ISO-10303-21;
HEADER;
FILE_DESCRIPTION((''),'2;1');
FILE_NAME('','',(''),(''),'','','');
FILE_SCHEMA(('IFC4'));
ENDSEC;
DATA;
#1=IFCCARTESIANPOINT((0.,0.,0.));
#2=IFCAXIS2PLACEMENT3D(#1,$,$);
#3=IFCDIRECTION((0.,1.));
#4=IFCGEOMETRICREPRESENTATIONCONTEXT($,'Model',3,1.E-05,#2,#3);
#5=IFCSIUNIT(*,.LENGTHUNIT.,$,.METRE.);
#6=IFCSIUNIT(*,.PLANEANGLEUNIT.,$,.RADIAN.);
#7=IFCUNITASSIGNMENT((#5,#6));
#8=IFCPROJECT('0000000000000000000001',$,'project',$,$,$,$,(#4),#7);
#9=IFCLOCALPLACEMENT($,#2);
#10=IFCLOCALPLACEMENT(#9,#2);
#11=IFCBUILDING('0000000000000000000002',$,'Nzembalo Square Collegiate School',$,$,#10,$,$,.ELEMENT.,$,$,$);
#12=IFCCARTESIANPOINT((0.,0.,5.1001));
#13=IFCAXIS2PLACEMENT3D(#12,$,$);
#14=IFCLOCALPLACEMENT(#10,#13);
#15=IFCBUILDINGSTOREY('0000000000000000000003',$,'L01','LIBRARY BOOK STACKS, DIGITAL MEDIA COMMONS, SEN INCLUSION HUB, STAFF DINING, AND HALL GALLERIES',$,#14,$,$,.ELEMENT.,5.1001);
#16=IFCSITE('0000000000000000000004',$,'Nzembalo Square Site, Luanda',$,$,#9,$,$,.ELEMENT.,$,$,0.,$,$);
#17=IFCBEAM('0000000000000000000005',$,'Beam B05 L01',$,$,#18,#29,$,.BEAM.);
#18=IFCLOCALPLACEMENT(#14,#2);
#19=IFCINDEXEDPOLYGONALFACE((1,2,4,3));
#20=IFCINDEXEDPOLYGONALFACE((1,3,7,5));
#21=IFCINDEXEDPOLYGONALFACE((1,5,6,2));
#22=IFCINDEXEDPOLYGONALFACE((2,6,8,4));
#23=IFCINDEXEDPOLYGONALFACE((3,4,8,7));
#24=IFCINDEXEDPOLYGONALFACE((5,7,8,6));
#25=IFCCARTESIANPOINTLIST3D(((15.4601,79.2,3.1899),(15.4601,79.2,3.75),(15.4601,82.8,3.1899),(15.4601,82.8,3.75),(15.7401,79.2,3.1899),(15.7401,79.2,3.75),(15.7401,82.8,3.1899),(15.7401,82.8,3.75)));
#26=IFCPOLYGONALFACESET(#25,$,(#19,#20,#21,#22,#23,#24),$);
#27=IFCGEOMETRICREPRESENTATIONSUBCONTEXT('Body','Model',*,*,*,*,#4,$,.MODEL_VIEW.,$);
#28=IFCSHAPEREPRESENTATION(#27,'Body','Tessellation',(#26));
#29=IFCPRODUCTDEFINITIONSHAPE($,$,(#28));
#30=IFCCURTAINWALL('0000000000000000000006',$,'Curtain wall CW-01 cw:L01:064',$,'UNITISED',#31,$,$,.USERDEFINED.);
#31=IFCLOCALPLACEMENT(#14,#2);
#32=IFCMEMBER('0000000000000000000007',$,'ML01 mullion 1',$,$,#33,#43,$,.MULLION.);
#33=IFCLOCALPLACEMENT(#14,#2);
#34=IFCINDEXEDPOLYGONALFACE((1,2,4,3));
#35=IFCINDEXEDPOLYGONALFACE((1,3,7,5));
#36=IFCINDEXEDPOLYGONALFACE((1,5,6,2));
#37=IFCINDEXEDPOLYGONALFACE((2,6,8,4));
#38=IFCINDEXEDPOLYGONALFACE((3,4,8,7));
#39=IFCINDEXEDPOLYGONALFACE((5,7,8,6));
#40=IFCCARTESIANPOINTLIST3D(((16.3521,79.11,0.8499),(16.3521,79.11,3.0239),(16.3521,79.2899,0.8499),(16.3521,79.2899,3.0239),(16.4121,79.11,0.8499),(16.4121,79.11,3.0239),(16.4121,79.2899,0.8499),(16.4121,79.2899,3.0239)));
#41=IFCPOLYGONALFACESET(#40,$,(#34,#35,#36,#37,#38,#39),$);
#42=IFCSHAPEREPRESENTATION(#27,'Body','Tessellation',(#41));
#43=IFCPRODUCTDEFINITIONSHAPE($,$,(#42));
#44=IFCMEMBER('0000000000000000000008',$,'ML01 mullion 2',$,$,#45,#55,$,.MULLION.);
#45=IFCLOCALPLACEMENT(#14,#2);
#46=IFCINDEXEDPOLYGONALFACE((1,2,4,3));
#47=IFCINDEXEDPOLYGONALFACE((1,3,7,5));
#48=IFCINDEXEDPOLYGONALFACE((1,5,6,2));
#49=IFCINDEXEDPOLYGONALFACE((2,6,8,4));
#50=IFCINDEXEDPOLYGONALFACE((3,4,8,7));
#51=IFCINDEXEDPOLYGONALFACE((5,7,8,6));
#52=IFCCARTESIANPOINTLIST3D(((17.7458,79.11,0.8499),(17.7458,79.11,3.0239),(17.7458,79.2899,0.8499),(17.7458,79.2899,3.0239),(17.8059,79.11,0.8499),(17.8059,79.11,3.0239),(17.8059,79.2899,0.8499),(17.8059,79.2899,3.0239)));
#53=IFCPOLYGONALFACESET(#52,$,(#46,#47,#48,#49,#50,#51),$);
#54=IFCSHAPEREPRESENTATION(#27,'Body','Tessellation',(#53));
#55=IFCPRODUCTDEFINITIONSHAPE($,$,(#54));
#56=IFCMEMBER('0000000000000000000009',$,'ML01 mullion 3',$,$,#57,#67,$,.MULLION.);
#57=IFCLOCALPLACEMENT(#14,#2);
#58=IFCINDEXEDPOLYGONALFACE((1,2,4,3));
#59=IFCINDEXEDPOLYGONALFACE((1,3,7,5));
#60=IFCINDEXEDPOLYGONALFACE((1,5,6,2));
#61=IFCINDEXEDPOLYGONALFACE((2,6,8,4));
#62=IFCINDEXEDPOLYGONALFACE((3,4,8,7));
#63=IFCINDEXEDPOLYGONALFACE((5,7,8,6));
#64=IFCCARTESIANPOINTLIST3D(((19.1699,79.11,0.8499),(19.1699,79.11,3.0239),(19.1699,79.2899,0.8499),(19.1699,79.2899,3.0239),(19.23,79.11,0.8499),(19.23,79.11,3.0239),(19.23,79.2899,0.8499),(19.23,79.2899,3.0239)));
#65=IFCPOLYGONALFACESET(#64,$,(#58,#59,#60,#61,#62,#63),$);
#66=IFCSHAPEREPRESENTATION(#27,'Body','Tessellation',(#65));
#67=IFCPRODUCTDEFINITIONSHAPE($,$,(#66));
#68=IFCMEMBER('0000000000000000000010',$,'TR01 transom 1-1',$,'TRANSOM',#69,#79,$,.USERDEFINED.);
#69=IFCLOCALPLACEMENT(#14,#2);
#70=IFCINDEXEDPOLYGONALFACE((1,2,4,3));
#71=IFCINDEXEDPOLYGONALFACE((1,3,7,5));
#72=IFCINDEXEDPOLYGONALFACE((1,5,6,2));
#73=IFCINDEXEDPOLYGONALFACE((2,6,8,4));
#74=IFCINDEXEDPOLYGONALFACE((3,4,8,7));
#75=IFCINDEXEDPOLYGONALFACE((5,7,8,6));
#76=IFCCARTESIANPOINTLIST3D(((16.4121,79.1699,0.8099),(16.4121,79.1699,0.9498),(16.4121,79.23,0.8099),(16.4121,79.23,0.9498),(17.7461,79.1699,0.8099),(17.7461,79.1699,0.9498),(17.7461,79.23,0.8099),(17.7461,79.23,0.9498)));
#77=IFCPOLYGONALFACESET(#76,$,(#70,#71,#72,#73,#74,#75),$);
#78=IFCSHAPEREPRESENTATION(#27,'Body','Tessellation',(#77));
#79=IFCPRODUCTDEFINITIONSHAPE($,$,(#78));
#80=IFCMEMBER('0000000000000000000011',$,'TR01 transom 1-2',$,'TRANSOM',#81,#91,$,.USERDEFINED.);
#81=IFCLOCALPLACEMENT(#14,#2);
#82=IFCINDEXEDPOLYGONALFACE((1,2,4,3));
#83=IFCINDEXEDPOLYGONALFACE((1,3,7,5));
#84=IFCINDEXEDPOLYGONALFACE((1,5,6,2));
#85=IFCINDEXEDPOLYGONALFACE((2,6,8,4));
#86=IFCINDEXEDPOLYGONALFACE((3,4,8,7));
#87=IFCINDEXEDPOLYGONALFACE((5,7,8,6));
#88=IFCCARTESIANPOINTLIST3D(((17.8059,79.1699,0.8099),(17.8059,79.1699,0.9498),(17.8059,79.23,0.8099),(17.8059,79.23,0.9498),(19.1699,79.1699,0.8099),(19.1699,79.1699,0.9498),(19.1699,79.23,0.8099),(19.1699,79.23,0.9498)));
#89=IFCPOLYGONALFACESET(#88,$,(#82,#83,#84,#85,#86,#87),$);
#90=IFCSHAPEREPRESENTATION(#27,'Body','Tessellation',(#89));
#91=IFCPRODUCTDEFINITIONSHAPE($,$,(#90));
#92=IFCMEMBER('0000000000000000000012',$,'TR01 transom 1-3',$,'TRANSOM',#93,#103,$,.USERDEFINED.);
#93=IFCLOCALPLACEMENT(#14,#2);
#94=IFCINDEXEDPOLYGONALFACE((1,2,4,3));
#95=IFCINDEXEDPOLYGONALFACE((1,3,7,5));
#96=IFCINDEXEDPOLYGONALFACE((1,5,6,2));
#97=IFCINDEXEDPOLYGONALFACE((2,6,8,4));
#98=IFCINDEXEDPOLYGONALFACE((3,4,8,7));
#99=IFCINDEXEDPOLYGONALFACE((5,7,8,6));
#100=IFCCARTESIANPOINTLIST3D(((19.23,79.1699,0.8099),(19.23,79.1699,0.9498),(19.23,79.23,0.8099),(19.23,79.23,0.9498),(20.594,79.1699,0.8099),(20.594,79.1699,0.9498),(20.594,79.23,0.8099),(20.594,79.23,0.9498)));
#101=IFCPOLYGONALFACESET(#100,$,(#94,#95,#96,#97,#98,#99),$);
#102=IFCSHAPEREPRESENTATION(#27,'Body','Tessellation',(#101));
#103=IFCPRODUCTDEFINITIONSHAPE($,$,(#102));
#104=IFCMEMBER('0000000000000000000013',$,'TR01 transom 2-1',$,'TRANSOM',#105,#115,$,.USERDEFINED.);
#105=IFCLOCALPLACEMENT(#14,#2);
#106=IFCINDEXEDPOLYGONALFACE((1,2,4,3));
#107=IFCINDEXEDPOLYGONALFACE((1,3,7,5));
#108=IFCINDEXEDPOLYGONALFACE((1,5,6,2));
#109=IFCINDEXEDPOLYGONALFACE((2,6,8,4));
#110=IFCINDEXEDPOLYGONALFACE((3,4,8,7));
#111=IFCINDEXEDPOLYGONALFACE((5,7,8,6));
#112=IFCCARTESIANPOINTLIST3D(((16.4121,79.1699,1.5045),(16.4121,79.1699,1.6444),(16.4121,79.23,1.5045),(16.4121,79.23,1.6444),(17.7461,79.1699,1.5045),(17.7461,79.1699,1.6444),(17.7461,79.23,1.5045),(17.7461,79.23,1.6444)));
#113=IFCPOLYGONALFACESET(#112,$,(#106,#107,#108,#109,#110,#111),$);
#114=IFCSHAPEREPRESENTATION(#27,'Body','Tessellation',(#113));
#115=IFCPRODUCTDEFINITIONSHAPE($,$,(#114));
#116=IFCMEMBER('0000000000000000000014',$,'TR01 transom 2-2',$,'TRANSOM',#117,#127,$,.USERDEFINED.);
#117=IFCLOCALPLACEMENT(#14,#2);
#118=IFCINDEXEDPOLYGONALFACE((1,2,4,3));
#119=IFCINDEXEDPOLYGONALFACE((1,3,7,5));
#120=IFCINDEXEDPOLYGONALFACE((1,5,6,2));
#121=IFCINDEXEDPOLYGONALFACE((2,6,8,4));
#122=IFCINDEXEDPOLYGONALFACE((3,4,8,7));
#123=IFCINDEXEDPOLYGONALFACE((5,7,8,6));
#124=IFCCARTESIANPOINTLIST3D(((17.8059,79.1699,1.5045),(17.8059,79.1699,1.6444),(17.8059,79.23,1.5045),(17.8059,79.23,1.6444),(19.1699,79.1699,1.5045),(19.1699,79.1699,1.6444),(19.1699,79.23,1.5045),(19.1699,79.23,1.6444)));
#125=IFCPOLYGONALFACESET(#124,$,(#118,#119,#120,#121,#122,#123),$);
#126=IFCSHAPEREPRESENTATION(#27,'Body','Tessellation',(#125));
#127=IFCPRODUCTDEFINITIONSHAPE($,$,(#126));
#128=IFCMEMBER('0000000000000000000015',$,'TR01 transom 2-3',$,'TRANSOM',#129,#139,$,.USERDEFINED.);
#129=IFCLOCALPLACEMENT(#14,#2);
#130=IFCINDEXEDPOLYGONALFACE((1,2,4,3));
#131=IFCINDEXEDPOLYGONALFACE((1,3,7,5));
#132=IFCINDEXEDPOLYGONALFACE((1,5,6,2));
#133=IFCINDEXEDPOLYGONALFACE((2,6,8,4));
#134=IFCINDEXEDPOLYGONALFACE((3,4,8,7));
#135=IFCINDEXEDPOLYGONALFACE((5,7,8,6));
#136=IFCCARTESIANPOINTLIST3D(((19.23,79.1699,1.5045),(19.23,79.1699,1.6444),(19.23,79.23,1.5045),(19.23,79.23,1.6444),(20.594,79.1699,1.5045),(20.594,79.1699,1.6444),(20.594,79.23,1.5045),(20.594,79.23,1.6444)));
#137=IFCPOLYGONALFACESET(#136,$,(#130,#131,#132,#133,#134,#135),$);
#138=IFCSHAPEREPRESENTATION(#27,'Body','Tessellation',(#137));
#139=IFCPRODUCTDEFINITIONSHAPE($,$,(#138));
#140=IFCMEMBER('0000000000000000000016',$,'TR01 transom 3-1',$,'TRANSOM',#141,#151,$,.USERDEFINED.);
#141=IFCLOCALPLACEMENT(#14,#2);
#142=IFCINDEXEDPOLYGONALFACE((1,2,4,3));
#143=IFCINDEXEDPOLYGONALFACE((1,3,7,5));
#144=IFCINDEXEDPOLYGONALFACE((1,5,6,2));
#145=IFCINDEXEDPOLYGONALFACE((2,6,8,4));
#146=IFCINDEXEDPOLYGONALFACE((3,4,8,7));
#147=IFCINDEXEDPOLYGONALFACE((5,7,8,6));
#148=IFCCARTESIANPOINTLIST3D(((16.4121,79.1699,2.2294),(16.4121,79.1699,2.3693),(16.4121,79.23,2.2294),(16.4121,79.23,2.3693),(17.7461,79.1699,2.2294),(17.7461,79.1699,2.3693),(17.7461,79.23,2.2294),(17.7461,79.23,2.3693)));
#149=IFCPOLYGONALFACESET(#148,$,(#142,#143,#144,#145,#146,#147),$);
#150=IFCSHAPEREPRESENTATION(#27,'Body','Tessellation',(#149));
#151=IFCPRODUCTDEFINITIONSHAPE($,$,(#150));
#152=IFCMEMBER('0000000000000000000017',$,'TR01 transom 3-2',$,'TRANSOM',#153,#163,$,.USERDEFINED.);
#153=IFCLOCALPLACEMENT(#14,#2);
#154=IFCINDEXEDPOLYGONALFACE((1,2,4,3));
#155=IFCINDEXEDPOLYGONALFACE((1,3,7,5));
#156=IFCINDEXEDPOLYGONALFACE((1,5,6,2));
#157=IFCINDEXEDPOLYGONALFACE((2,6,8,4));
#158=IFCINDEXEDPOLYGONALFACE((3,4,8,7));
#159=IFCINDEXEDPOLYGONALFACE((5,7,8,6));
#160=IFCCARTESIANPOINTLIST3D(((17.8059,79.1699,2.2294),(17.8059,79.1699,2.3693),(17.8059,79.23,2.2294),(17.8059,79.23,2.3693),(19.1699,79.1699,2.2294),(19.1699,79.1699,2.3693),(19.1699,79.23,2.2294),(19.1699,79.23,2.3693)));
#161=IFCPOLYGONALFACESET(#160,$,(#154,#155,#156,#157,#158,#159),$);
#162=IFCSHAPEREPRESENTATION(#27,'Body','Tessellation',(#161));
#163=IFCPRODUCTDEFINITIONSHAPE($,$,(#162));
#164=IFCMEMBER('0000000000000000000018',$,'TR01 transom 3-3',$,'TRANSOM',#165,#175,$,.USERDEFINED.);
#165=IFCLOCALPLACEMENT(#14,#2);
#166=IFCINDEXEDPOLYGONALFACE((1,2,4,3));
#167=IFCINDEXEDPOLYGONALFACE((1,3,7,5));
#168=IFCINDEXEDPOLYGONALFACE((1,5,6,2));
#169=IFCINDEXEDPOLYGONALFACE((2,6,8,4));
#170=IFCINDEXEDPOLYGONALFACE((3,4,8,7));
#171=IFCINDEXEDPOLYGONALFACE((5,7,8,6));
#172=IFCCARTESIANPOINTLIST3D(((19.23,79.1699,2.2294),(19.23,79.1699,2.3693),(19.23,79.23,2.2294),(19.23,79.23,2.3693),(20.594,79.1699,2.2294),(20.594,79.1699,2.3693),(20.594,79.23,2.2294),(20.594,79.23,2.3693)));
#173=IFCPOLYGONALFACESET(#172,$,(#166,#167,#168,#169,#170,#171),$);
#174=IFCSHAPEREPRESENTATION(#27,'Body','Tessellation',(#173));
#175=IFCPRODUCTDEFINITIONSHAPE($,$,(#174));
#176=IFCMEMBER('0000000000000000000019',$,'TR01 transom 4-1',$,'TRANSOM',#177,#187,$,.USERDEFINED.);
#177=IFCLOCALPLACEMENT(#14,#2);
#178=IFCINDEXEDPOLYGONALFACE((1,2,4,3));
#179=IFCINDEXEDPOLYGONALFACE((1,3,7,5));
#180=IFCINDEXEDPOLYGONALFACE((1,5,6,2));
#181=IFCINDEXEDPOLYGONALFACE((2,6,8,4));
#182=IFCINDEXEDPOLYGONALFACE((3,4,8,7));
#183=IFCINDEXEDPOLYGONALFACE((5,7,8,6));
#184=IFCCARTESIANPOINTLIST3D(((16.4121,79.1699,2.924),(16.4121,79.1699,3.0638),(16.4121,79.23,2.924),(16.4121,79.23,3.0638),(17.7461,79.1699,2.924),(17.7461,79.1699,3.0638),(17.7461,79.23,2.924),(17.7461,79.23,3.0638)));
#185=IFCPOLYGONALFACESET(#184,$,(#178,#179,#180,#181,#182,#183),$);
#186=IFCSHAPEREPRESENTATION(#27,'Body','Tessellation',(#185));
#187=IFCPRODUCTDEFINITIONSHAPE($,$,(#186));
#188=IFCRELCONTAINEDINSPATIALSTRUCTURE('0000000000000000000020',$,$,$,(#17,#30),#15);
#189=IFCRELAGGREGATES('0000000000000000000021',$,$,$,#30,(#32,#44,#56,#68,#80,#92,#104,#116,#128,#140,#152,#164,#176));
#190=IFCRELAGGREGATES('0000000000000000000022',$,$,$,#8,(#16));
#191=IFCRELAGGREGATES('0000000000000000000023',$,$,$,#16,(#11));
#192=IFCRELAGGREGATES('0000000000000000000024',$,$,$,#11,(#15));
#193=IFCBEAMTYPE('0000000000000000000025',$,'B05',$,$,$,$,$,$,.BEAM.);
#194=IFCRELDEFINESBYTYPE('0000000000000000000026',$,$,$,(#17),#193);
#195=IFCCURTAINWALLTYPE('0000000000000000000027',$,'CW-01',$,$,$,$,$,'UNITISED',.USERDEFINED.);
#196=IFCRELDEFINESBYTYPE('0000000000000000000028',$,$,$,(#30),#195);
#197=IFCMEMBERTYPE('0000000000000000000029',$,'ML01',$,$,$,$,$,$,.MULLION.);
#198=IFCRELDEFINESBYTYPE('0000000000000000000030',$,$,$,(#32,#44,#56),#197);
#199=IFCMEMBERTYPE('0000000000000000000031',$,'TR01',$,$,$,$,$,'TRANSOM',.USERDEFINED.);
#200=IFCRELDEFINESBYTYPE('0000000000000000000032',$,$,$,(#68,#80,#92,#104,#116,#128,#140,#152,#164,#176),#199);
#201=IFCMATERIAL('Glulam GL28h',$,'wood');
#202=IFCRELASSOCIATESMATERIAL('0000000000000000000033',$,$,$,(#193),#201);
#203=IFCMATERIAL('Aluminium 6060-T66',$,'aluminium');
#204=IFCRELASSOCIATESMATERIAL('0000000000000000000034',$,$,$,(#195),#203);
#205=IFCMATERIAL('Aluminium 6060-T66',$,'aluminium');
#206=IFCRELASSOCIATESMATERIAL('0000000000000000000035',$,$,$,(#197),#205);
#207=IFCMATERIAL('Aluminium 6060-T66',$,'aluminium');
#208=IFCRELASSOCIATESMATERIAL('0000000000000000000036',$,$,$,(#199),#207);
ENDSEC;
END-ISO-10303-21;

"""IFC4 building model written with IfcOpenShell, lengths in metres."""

from ifc_helpers import new_model, si_unit, direction, frame, origin, origin_2d, place, context, subcontext, project, spatial, rectangle, extrude, material, material_profile, profile_set, type_object, element, aggregate, save


model = new_model("IFC4")

# Units and contexts
model_context = context("Model", 3, precision=1e-05, world=origin(), true_north=direction((0.0, 1.0)))
body_context = subcontext(model_context, "Body", "Model", "MODEL_VIEW")
ifc_project = project(units=[si_unit("LENGTHUNIT", "METRE"), si_unit("PLANEANGLEUNIT", "RADIAN")], contexts=[model_context])

# Site, building, storey
site_placement = place(None, origin())
site = spatial("IfcSite", under=ifc_project, at=site_placement, Name="Nzembalo Square Site, Luanda", CompositionType="ELEMENT", RefElevation=0.0)
building_placement = place(site_placement, origin())
building = spatial("IfcBuilding", under=site, at=building_placement, Name="Nzembalo Square Collegiate School", CompositionType="ELEMENT")
storey_placement = place(building_placement, frame((0.0, 0.0, 5.1001)))
storey = spatial("IfcBuildingStorey", under=building, at=storey_placement, Name="L01", Description="LIBRARY BOOK STACKS, DIGITAL MEDIA COMMONS, SEN INCLUSION HUB, STAFF DINING, AND HALL GALLERIES", CompositionType="ELEMENT", Elevation=5.1001)

# Beam
ifc_material_1 = material(Name="Glulam GL28h", Category="wood")
ifc_material_profile_1 = material_profile(ifc_material_1, rectangle(XDim=0.28, YDim=0.5601, at=origin_2d()), Name="GL28h 280x560")
ifc_profile_set_1 = profile_set([ifc_material_profile_1], Name="Glulam GL28h")
beam_type = type_object("IfcBeamType", Name="B05", PredefinedType="BEAM", material=ifc_profile_set_1)
beam_placement = place(storey_placement, frame((15.6001, 79.2, 3.47), z_axis=(0.0, 1.0, 0.0), x_axis=(-1.0, 0.0, 0.0)))
element("IfcBeam", 1, at=beam_placement, inside=storey, type_object=beam_type, Name="Beam B05 L01", PredefinedType="BEAM", context=body_context, shape_type="SweptSolid", body=[
    extrude(rectangle(XDim=0.28, YDim=0.5601, at=origin_2d()), origin(), (0.0, 0.0, 1.0), 3.6001),
])

# Curtain wall, members
ifc_material_2 = material(Name="Aluminium 6060-T66", Category="aluminium")
curtain_wall_type = type_object("IfcCurtainWallType", Name="CW-01", ElementType="UNITISED", PredefinedType="USERDEFINED", material=ifc_material_2)
curtain_wall_placement = place(storey_placement, origin())
curtain_wall = element("IfcCurtainWall", 2, at=curtain_wall_placement, inside=storey, type_object=curtain_wall_type, Name="Curtain wall CW-01 cw:L01:064", ObjectType="UNITISED", PredefinedType="USERDEFINED")
ifc_material_3 = material(Name="Aluminium 6060-T66", Category="aluminium")
ifc_material_profile_2 = material_profile(ifc_material_3, rectangle(XDim=0.0601, YDim=0.1799, at=origin_2d()), Name="ALU M60x180")
ifc_profile_set_2 = profile_set([ifc_material_profile_2], Name="Aluminium 6060-T66")
member_type_1 = type_object("IfcMemberType", Name="ML01", PredefinedType="MULLION", material=ifc_profile_set_2)
member_1_placement = place(storey_placement, frame((16.3821, 79.2, 0.8499), z_axis=(0.0, 0.0, 1.0), x_axis=(1.0, 0.0, 0.0)))
member_1 = element("IfcMember", 3, at=member_1_placement, type_object=member_type_1, Name="ML01 mullion 1", PredefinedType="MULLION", context=body_context, shape_type="SweptSolid", body=[
    extrude(rectangle(XDim=0.0601, YDim=0.1799, at=origin_2d()), origin(), (0.0, 0.0, 1.0), 2.1741),
])
member_2_placement = place(storey_placement, frame((17.7759, 79.2, 0.8499), z_axis=(0.0, 0.0, 1.0), x_axis=(1.0, 0.0, 0.0)))
member_2 = element("IfcMember", 4, at=member_2_placement, type_object=member_type_1, Name="ML01 mullion 2", PredefinedType="MULLION", context=body_context, shape_type="SweptSolid", body=[
    extrude(rectangle(XDim=0.0601, YDim=0.1799, at=origin_2d()), origin(), (0.0, 0.0, 1.0), 2.1741),
])
member_3_placement = place(storey_placement, frame((19.2, 79.2, 0.8499), z_axis=(0.0, 0.0, 1.0), x_axis=(1.0, 0.0, 0.0)))
member_3 = element("IfcMember", 5, at=member_3_placement, type_object=member_type_1, Name="ML01 mullion 3", PredefinedType="MULLION", context=body_context, shape_type="SweptSolid", body=[
    extrude(rectangle(XDim=0.0601, YDim=0.1799, at=origin_2d()), origin(), (0.0, 0.0, 1.0), 2.1741),
])
ifc_material_4 = material(Name="Aluminium 6060-T66", Category="aluminium")
ifc_material_profile_3 = material_profile(ifc_material_4, rectangle(XDim=0.0601, YDim=0.1399, at=origin_2d()), Name="ALU T60x140")
ifc_profile_set_3 = profile_set([ifc_material_profile_3], Name="Aluminium 6060-T66")
member_type_2 = type_object("IfcMemberType", Name="TR01", ElementType="TRANSOM", PredefinedType="USERDEFINED", material=ifc_profile_set_3)
member_4_placement = place(storey_placement, frame((16.4121, 79.2, 0.8799), z_axis=(1.0, 0.0, 0.0), x_axis=(0.0, 1.0, 0.0)))
member_4 = element("IfcMember", 6, at=member_4_placement, type_object=member_type_2, Name="TR01 transom 1-1", ObjectType="TRANSOM", PredefinedType="USERDEFINED", context=body_context, shape_type="SweptSolid", body=[
    extrude(rectangle(XDim=0.0601, YDim=0.1399, at=origin_2d()), origin(), (0.0, 0.0, 1.0), 1.334),
])
member_5_placement = place(storey_placement, frame((17.8059, 79.2, 0.8799), z_axis=(1.0, 0.0, 0.0), x_axis=(0.0, 1.0, 0.0)))
member_5 = element("IfcMember", 7, at=member_5_placement, type_object=member_type_2, Name="TR01 transom 1-2", ObjectType="TRANSOM", PredefinedType="USERDEFINED", context=body_context, shape_type="SweptSolid", body=[
    extrude(rectangle(XDim=0.0601, YDim=0.1399, at=origin_2d()), origin(), (0.0, 0.0, 1.0), 1.364),
])
member_6_placement = place(storey_placement, frame((19.23, 79.2, 0.8799), z_axis=(1.0, 0.0, 0.0), x_axis=(0.0, 1.0, 0.0)))
member_6 = element("IfcMember", 8, at=member_6_placement, type_object=member_type_2, Name="TR01 transom 1-3", ObjectType="TRANSOM", PredefinedType="USERDEFINED", context=body_context, shape_type="SweptSolid", body=[
    extrude(rectangle(XDim=0.0601, YDim=0.1399, at=origin_2d()), origin(), (0.0, 0.0, 1.0), 1.364),
])
member_7_placement = place(storey_placement, frame((16.4121, 79.2, 1.5745), z_axis=(1.0, 0.0, 0.0), x_axis=(0.0, 1.0, 0.0)))
member_7 = element("IfcMember", 9, at=member_7_placement, type_object=member_type_2, Name="TR01 transom 2-1", ObjectType="TRANSOM", PredefinedType="USERDEFINED", context=body_context, shape_type="SweptSolid", body=[
    extrude(rectangle(XDim=0.0601, YDim=0.1399, at=origin_2d()), origin(), (0.0, 0.0, 1.0), 1.334),
])
member_8_placement = place(storey_placement, frame((17.8059, 79.2, 1.5745), z_axis=(1.0, 0.0, 0.0), x_axis=(0.0, 1.0, 0.0)))
member_8 = element("IfcMember", 10, at=member_8_placement, type_object=member_type_2, Name="TR01 transom 2-2", ObjectType="TRANSOM", PredefinedType="USERDEFINED", context=body_context, shape_type="SweptSolid", body=[
    extrude(rectangle(XDim=0.0601, YDim=0.1399, at=origin_2d()), origin(), (0.0, 0.0, 1.0), 1.364),
])
member_9_placement = place(storey_placement, frame((19.23, 79.2, 1.5745), z_axis=(1.0, 0.0, 0.0), x_axis=(0.0, 1.0, 0.0)))
member_9 = element("IfcMember", 11, at=member_9_placement, type_object=member_type_2, Name="TR01 transom 2-3", ObjectType="TRANSOM", PredefinedType="USERDEFINED", context=body_context, shape_type="SweptSolid", body=[
    extrude(rectangle(XDim=0.0601, YDim=0.1399, at=origin_2d()), origin(), (0.0, 0.0, 1.0), 1.364),
])
member_10_placement = place(storey_placement, frame((16.4121, 79.2, 2.2993), z_axis=(1.0, 0.0, 0.0), x_axis=(0.0, 1.0, 0.0)))
member_10 = element("IfcMember", 12, at=member_10_placement, type_object=member_type_2, Name="TR01 transom 3-1", ObjectType="TRANSOM", PredefinedType="USERDEFINED", context=body_context, shape_type="SweptSolid", body=[
    extrude(rectangle(XDim=0.0601, YDim=0.1399, at=origin_2d()), origin(), (0.0, 0.0, 1.0), 1.334),
])
member_11_placement = place(storey_placement, frame((17.8059, 79.2, 2.2993), z_axis=(1.0, 0.0, 0.0), x_axis=(0.0, 1.0, 0.0)))
member_11 = element("IfcMember", 13, at=member_11_placement, type_object=member_type_2, Name="TR01 transom 3-2", ObjectType="TRANSOM", PredefinedType="USERDEFINED", context=body_context, shape_type="SweptSolid", body=[
    extrude(rectangle(XDim=0.0601, YDim=0.1399, at=origin_2d()), origin(), (0.0, 0.0, 1.0), 1.364),
])
member_12_placement = place(storey_placement, frame((19.23, 79.2, 2.2993), z_axis=(1.0, 0.0, 0.0), x_axis=(0.0, 1.0, 0.0)))
member_12 = element("IfcMember", 14, at=member_12_placement, type_object=member_type_2, Name="TR01 transom 3-3", ObjectType="TRANSOM", PredefinedType="USERDEFINED", context=body_context, shape_type="SweptSolid", body=[
    extrude(rectangle(XDim=0.0601, YDim=0.1399, at=origin_2d()), origin(), (0.0, 0.0, 1.0), 1.364),
])
member_13_placement = place(storey_placement, frame((16.4121, 79.2, 2.9939), z_axis=(1.0, 0.0, 0.0), x_axis=(0.0, 1.0, 0.0)))
member_13 = element("IfcMember", 15, at=member_13_placement, type_object=member_type_2, Name="TR01 transom 4-1", ObjectType="TRANSOM", PredefinedType="USERDEFINED", context=body_context, shape_type="SweptSolid", body=[
    extrude(rectangle(XDim=0.0601, YDim=0.1399, at=origin_2d()), origin(), (0.0, 0.0, 1.0), 1.334),
])
aggregate(curtain_wall, [member_1, member_2, member_3, member_4, member_5, member_6, member_7, member_8, member_9, member_10, member_11, member_12, member_13])

save(model, "model.ifc")
